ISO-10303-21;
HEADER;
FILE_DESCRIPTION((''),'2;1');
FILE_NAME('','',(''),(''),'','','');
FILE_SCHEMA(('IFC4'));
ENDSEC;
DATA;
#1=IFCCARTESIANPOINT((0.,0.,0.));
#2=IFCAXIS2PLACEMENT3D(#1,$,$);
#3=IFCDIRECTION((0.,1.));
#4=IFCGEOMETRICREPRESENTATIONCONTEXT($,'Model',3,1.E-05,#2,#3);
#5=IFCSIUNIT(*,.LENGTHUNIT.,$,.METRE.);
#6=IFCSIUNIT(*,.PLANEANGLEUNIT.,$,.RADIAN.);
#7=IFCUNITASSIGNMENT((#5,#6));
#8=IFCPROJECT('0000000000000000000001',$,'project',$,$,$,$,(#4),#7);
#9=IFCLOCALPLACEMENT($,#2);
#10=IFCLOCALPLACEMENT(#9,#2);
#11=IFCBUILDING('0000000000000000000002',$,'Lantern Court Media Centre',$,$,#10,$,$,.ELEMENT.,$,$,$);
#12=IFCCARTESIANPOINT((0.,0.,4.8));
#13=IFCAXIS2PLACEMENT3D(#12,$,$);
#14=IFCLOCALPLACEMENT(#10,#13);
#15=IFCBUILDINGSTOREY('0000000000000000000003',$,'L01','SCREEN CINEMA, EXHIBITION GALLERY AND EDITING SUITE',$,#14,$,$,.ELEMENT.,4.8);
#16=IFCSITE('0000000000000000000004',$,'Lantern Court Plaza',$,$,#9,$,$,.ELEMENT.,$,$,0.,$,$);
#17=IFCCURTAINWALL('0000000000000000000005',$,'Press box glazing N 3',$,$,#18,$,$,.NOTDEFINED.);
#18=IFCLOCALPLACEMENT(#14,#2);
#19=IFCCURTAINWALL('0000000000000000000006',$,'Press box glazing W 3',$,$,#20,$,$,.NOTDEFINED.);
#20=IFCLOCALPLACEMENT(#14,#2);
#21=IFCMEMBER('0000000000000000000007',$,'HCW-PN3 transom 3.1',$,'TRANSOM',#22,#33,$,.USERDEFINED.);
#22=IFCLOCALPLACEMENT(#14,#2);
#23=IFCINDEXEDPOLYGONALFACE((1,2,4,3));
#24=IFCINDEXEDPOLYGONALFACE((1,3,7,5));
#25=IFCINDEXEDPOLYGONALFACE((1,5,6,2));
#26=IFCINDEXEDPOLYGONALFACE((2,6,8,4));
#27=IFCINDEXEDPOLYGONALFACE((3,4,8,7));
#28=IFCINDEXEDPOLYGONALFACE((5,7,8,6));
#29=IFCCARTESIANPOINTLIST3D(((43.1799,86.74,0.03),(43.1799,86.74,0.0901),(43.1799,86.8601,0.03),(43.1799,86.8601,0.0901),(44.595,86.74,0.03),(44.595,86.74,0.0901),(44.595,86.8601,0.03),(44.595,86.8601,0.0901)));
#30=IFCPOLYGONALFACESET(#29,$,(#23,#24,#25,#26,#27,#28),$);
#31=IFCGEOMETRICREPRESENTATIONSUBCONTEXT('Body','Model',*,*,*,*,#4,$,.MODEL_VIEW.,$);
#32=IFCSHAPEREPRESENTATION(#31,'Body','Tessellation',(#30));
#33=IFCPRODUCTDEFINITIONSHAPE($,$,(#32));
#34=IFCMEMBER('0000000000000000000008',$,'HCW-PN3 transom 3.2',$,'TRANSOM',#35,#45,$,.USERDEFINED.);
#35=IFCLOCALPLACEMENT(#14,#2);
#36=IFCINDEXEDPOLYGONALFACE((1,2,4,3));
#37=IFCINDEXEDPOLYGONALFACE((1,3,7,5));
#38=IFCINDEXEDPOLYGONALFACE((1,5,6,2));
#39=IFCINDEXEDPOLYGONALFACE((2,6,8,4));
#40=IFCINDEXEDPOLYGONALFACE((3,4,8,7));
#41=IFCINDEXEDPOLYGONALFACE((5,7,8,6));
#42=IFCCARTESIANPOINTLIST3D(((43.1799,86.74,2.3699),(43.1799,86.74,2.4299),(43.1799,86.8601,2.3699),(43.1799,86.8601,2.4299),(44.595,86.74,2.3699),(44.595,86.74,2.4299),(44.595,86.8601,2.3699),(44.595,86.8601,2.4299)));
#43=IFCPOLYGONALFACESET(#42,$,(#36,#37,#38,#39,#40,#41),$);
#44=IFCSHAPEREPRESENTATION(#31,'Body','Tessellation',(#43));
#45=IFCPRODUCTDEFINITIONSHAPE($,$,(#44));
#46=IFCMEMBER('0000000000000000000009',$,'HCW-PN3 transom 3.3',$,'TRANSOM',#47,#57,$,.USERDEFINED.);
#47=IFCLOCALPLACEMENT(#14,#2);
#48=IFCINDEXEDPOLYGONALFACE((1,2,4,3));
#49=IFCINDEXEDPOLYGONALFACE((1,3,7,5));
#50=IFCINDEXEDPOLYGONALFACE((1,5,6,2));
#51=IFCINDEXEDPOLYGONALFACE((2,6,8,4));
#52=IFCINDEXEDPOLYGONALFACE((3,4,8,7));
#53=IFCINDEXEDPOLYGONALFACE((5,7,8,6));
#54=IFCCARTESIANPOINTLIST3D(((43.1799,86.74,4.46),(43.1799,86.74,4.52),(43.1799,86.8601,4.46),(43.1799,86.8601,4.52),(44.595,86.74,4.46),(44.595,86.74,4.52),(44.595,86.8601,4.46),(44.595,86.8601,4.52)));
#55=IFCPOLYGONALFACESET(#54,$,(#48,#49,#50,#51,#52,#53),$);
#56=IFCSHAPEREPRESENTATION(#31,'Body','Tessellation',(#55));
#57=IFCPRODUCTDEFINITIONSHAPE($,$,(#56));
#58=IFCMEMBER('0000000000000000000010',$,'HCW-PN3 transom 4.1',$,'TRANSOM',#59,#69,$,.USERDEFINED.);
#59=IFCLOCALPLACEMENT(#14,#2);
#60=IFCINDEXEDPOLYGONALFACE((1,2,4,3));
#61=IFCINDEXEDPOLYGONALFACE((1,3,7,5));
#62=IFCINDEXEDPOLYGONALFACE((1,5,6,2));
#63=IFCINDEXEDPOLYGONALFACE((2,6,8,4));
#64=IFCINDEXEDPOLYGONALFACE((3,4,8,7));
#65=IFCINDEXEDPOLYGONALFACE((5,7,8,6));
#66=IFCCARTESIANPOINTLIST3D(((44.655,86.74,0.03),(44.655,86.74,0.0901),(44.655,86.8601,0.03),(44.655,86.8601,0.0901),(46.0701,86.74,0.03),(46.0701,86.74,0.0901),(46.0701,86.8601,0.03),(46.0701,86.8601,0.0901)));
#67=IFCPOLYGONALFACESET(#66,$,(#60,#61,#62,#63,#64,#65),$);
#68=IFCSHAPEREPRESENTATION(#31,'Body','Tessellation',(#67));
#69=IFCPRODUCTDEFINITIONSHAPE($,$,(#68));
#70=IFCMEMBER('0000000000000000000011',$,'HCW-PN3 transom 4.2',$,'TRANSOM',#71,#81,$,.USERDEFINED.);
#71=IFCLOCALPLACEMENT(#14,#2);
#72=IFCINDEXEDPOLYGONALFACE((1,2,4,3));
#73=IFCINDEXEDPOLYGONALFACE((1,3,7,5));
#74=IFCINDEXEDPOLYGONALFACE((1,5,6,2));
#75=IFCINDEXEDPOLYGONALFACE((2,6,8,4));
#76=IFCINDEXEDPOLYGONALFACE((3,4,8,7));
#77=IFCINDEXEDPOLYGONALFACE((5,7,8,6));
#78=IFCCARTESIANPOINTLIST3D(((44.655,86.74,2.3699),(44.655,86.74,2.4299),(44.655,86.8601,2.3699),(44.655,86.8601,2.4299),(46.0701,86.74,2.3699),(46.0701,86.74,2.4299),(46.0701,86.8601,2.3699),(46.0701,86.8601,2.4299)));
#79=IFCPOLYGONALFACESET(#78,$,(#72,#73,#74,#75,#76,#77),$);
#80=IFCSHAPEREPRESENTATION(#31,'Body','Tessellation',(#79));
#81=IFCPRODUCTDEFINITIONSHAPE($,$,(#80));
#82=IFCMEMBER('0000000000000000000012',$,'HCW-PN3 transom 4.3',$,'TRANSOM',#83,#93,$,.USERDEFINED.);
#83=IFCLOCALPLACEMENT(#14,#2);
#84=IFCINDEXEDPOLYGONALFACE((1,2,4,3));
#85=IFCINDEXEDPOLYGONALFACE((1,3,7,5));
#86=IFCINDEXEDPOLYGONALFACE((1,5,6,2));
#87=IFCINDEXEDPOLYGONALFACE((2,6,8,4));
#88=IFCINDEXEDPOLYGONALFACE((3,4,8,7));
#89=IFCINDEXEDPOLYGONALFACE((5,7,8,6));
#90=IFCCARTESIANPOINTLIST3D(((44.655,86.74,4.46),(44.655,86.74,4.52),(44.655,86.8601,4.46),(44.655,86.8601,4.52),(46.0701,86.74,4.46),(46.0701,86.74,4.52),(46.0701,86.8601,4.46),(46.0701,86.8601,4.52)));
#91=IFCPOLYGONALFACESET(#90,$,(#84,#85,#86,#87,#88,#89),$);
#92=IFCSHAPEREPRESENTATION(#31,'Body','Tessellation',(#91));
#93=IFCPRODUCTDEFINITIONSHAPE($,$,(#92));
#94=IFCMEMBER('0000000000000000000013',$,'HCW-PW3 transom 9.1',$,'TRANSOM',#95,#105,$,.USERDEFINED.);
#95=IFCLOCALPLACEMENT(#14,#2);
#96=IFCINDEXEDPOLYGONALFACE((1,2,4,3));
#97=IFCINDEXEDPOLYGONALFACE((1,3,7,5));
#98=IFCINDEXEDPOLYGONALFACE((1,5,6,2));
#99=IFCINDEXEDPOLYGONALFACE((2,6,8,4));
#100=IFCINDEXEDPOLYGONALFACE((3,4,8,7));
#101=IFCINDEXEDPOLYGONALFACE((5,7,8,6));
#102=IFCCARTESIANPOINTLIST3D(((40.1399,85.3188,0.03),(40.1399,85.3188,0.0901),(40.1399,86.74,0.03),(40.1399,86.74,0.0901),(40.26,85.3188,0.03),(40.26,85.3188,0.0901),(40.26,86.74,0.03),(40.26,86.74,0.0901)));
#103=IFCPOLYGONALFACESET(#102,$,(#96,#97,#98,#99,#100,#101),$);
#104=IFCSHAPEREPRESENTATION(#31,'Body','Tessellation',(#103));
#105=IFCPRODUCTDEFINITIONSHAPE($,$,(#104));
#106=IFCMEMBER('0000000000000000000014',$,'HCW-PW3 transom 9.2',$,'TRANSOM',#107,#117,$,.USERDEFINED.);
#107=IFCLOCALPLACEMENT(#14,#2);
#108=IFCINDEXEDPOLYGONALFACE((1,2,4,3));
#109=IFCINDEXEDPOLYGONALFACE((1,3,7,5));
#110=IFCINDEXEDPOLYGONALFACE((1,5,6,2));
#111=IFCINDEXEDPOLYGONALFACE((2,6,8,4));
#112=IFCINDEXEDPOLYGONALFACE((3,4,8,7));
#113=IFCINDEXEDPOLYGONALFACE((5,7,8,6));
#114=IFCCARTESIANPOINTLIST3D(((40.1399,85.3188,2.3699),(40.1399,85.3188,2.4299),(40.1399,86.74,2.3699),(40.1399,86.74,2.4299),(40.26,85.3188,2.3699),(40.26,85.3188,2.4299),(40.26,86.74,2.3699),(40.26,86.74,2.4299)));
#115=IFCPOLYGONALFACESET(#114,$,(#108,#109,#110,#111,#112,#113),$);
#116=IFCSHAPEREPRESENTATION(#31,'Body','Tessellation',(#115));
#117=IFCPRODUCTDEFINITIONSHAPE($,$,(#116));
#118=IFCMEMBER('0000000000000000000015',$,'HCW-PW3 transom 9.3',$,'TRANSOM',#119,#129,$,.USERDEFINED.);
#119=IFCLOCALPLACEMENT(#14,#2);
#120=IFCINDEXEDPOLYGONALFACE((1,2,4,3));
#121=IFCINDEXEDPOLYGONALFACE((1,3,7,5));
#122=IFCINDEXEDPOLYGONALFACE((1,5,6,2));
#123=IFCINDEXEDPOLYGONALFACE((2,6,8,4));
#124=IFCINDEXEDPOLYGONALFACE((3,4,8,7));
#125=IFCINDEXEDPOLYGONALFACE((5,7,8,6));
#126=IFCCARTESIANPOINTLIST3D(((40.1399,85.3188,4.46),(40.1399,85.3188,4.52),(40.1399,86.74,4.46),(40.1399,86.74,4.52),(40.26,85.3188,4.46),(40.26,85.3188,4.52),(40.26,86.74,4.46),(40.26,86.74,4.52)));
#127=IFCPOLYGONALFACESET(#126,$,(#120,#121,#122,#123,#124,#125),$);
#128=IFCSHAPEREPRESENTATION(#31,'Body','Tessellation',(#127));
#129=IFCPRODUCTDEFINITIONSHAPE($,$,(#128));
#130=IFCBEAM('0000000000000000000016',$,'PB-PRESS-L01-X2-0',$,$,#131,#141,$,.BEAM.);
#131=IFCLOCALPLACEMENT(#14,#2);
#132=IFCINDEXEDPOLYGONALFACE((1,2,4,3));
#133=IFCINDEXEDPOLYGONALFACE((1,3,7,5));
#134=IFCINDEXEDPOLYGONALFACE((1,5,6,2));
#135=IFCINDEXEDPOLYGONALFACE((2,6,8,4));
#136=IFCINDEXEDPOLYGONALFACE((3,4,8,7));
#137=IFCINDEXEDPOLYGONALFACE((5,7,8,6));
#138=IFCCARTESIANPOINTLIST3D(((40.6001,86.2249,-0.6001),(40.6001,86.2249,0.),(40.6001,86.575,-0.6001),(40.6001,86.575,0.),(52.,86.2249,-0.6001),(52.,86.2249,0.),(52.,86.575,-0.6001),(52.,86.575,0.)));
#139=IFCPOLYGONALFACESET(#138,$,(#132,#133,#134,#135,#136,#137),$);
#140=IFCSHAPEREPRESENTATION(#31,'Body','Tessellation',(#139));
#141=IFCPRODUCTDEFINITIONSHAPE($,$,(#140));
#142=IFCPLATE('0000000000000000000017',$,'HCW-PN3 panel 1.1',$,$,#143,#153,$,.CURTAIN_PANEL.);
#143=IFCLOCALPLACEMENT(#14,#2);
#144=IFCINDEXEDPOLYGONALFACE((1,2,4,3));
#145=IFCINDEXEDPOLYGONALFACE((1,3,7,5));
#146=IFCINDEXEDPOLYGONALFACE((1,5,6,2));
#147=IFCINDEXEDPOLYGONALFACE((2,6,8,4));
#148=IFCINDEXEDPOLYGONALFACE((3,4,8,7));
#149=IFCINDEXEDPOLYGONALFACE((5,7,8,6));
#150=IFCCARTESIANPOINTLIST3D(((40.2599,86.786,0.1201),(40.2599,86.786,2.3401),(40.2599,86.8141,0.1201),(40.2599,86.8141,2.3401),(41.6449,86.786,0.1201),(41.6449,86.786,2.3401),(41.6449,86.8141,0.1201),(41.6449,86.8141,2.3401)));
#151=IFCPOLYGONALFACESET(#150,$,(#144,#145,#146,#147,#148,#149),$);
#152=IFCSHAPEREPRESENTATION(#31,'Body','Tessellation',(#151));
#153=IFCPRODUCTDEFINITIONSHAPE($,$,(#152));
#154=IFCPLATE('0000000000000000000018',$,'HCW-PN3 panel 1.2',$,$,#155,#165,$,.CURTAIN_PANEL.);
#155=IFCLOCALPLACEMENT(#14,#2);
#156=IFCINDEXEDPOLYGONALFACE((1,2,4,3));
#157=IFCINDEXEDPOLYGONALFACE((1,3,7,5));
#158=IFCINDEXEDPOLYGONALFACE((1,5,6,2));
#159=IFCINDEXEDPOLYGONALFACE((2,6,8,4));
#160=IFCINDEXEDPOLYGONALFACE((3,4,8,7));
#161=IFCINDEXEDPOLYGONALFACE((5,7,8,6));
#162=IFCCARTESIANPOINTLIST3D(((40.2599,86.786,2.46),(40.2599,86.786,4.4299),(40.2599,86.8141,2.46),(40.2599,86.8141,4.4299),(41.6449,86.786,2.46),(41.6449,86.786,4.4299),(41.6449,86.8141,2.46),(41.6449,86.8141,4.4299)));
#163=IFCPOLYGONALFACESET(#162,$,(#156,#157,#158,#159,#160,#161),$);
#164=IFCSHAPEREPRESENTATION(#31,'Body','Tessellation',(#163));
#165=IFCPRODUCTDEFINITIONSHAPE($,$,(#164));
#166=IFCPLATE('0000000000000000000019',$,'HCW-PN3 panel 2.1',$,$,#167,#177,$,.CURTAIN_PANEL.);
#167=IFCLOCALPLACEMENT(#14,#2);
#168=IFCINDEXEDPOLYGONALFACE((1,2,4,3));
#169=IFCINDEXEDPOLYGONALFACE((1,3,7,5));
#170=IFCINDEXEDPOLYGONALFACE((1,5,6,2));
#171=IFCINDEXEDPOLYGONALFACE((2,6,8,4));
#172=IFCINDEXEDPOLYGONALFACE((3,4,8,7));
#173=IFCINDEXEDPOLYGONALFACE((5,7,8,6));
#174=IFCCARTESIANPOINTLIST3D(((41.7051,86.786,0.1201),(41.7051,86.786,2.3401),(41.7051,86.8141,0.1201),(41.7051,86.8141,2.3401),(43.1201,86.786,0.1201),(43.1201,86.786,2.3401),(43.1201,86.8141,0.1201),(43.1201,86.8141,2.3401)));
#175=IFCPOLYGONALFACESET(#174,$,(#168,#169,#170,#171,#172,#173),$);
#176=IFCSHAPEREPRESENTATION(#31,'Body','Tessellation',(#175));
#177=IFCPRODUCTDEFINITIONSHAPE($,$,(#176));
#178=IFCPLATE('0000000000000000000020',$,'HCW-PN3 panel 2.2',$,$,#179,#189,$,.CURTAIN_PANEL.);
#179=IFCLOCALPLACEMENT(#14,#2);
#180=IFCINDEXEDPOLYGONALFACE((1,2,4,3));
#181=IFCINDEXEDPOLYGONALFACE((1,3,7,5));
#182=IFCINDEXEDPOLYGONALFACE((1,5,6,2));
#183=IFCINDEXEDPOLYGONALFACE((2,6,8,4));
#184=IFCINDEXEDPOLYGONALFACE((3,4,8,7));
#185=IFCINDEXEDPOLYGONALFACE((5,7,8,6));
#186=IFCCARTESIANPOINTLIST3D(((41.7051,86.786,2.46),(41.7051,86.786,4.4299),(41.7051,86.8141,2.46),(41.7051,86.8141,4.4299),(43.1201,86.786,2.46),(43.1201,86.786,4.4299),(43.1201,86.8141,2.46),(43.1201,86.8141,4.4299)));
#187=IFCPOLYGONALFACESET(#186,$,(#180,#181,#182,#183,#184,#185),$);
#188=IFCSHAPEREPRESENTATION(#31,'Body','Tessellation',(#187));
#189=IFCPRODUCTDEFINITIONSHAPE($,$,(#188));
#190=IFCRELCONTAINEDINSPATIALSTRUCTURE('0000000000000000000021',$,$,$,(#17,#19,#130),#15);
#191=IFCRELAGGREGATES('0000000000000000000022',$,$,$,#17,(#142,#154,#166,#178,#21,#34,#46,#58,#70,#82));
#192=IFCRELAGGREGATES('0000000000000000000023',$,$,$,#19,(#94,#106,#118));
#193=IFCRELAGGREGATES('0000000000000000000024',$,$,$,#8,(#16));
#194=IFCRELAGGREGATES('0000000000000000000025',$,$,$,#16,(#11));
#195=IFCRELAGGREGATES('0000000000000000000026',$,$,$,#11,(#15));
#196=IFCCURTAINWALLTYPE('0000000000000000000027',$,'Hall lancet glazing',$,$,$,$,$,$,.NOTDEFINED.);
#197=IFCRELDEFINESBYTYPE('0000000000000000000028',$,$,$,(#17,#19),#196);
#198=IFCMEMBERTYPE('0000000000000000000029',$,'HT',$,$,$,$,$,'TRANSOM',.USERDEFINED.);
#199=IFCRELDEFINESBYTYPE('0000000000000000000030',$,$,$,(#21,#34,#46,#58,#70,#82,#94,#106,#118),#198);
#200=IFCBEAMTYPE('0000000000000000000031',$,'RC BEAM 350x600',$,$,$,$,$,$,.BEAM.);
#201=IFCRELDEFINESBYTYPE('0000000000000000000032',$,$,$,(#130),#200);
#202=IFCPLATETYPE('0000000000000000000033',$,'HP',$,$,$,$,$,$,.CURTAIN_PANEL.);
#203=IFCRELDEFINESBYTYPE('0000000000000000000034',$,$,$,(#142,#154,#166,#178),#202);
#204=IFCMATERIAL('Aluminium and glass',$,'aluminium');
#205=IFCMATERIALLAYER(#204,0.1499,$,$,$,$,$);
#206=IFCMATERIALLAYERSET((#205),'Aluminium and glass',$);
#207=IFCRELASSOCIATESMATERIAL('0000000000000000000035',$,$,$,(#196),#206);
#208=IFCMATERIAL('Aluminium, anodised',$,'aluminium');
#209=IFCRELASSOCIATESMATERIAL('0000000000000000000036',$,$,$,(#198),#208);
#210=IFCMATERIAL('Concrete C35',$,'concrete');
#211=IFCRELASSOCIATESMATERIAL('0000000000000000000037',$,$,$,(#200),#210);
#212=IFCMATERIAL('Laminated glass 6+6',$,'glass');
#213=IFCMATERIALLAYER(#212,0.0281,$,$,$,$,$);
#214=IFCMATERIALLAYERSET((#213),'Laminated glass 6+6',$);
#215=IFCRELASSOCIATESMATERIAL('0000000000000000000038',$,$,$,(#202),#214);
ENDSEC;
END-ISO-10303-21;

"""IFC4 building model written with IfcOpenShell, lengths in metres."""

from ifc_helpers import new_model, si_unit, direction, frame, origin, origin_2d, place, context, subcontext, project, spatial, rectangle, extrude, material, layer, layer_set, material_profile, profile_set, type_object, element, aggregate, save


model = new_model("IFC4")

# Units and contexts
model_context = context("Model", 3, precision=1e-05, world=origin(), true_north=direction((0.0, 1.0)))
body_context = subcontext(model_context, "Body", "Model", "MODEL_VIEW")
ifc_project = project(units=[si_unit("LENGTHUNIT", "METRE"), si_unit("PLANEANGLEUNIT", "RADIAN")], contexts=[model_context])

# Site, building, storey
site_placement = place(None, origin())
site = spatial("IfcSite", under=ifc_project, at=site_placement, Name="Lantern Court Plaza", CompositionType="ELEMENT", RefElevation=0.0)
building_placement = place(site_placement, origin())
building = spatial("IfcBuilding", under=site, at=building_placement, Name="Lantern Court Media Centre", CompositionType="ELEMENT")
storey_placement = place(building_placement, frame((0.0, 0.0, 4.8)))
storey = spatial("IfcBuildingStorey", under=building, at=storey_placement, Name="L01", Description="SCREEN CINEMA, EXHIBITION GALLERY AND EDITING SUITE", CompositionType="ELEMENT", Elevation=4.8)

# Shared definitions
ifc_material_1 = material(Name="Concrete C35", Category="concrete")

# Curtain walls
ifc_material_2 = material(Name="Aluminium and glass", Category="aluminium")
ifc_layer_1 = layer(ifc_material_2, 0.1499)
ifc_layer_set_1 = layer_set([ifc_layer_1], Name="Aluminium and glass")
curtain_wall_type = type_object("IfcCurtainWallType", Name="Hall lancet glazing", PredefinedType="NOTDEFINED", material=ifc_layer_set_1)
curtain_wall_1_placement = place(storey_placement, origin())
curtain_wall_1 = element("IfcCurtainWall", 1, at=curtain_wall_1_placement, inside=storey, type_object=curtain_wall_type, Name="Press box glazing N 3", PredefinedType="NOTDEFINED")
ifc_material_3 = material(Name="Aluminium, anodised", Category="aluminium")
curtain_wall_2_placement = place(storey_placement, origin())
curtain_wall_2 = element("IfcCurtainWall", 2, at=curtain_wall_2_placement, inside=storey, type_object=curtain_wall_type, Name="Press box glazing W 3", PredefinedType="NOTDEFINED")

# Members
ifc_material_profile_1 = material_profile(ifc_material_3, rectangle(XDim=0.1201, YDim=0.0601, at=origin_2d()), Name="HT")
ifc_profile_set_1 = profile_set([ifc_material_profile_1], Name="Aluminium, anodised")
member_type_1 = type_object("IfcMemberType", Name="HT", ElementType="TRANSOM", PredefinedType="USERDEFINED", material=ifc_profile_set_1)
member_1_placement = place(storey_placement, frame((43.1799, 86.8, 0.0601), z_axis=(1.0, 0.0, 0.0), x_axis=(0.0, 1.0, 0.0)))
member_1 = element("IfcMember", 3, at=member_1_placement, type_object=member_type_1, Name="HCW-PN3 transom 3.1", ObjectType="TRANSOM", PredefinedType="USERDEFINED", context=body_context, shape_type="SweptSolid", body=[
    extrude(rectangle(XDim=0.1201, YDim=0.0601, at=origin_2d()), origin(), (0.0, 0.0, 1.0), 1.415),
])
member_2_placement = place(storey_placement, frame((43.1799, 86.8, 2.3999), z_axis=(1.0, 0.0, 0.0), x_axis=(0.0, 1.0, 0.0)))
member_2 = element("IfcMember", 4, at=member_2_placement, type_object=member_type_1, Name="HCW-PN3 transom 3.2", ObjectType="TRANSOM", PredefinedType="USERDEFINED", context=body_context, shape_type="SweptSolid", body=[
    extrude(rectangle(XDim=0.1201, YDim=0.0601, at=origin_2d()), origin(), (0.0, 0.0, 1.0), 1.415),
])
member_3_placement = place(storey_placement, frame((43.1799, 86.8, 4.49), z_axis=(1.0, 0.0, 0.0), x_axis=(0.0, 1.0, 0.0)))
member_3 = element("IfcMember", 5, at=member_3_placement, type_object=member_type_1, Name="HCW-PN3 transom 3.3", ObjectType="TRANSOM", PredefinedType="USERDEFINED", context=body_context, shape_type="SweptSolid", body=[
    extrude(rectangle(XDim=0.1201, YDim=0.0601, at=origin_2d()), origin(), (0.0, 0.0, 1.0), 1.415),
])
member_4_placement = place(storey_placement, frame((44.655, 86.8, 0.0601), z_axis=(1.0, 0.0, 0.0), x_axis=(0.0, 1.0, 0.0)))
member_4 = element("IfcMember", 6, at=member_4_placement, type_object=member_type_1, Name="HCW-PN3 transom 4.1", ObjectType="TRANSOM", PredefinedType="USERDEFINED", context=body_context, shape_type="SweptSolid", body=[
    extrude(rectangle(XDim=0.1201, YDim=0.0601, at=origin_2d()), origin(), (0.0, 0.0, 1.0), 1.415),
])
member_5_placement = place(storey_placement, frame((44.655, 86.8, 2.3999), z_axis=(1.0, 0.0, 0.0), x_axis=(0.0, 1.0, 0.0)))
member_5 = element("IfcMember", 7, at=member_5_placement, type_object=member_type_1, Name="HCW-PN3 transom 4.2", ObjectType="TRANSOM", PredefinedType="USERDEFINED", context=body_context, shape_type="SweptSolid", body=[
    extrude(rectangle(XDim=0.1201, YDim=0.0601, at=origin_2d()), origin(), (0.0, 0.0, 1.0), 1.415),
])
member_6_placement = place(storey_placement, frame((44.655, 86.8, 4.49), z_axis=(1.0, 0.0, 0.0), x_axis=(0.0, 1.0, 0.0)))
member_6 = element("IfcMember", 8, at=member_6_placement, type_object=member_type_1, Name="HCW-PN3 transom 4.3", ObjectType="TRANSOM", PredefinedType="USERDEFINED", context=body_context, shape_type="SweptSolid", body=[
    extrude(rectangle(XDim=0.1201, YDim=0.0601, at=origin_2d()), origin(), (0.0, 0.0, 1.0), 1.415),
])
member_7_placement = place(storey_placement, frame((40.2, 85.3188, 0.0601), z_axis=(0.0, 1.0, 0.0), x_axis=(-1.0, 0.0, 0.0)))
member_7 = element("IfcMember", 9, at=member_7_placement, type_object=member_type_1, Name="HCW-PW3 transom 9.1", ObjectType="TRANSOM", PredefinedType="USERDEFINED", context=body_context, shape_type="SweptSolid", body=[
    extrude(rectangle(XDim=0.1201, YDim=0.0601, at=origin_2d()), origin(), (0.0, 0.0, 1.0), 1.4211),
])
member_8_placement = place(storey_placement, frame((40.2, 85.3188, 2.3999), z_axis=(0.0, 1.0, 0.0), x_axis=(-1.0, 0.0, 0.0)))
member_8 = element("IfcMember", 10, at=member_8_placement, type_object=member_type_1, Name="HCW-PW3 transom 9.2", ObjectType="TRANSOM", PredefinedType="USERDEFINED", context=body_context, shape_type="SweptSolid", body=[
    extrude(rectangle(XDim=0.1201, YDim=0.0601, at=origin_2d()), origin(), (0.0, 0.0, 1.0), 1.4211),
])
member_9_placement = place(storey_placement, frame((40.2, 85.3188, 4.49), z_axis=(0.0, 1.0, 0.0), x_axis=(-1.0, 0.0, 0.0)))
member_9 = element("IfcMember", 11, at=member_9_placement, type_object=member_type_1, Name="HCW-PW3 transom 9.3", ObjectType="TRANSOM", PredefinedType="USERDEFINED", context=body_context, shape_type="SweptSolid", body=[
    extrude(rectangle(XDim=0.1201, YDim=0.0601, at=origin_2d()), origin(), (0.0, 0.0, 1.0), 1.4211),
])

# Beam
ifc_material_profile_2 = material_profile(ifc_material_1, rectangle(XDim=0.3501, YDim=0.6001, at=origin_2d()), Name="RC 350x600")
ifc_profile_set_2 = profile_set([ifc_material_profile_2], Name="Concrete C35")
beam_type = type_object("IfcBeamType", Name="RC BEAM 350x600", PredefinedType="BEAM", material=ifc_profile_set_2)
beam_placement = place(storey_placement, frame((40.6001, 86.3999, -0.3), z_axis=(1.0, 0.0, 0.0), x_axis=(0.0, 1.0, 0.0)))
element("IfcBeam", 12, at=beam_placement, inside=storey, type_object=beam_type, Name="PB-PRESS-L01-X2-0", PredefinedType="BEAM", context=body_context, shape_type="SweptSolid", body=[
    extrude(rectangle(XDim=0.3501, YDim=0.6001, at=origin_2d()), origin(), (0.0, 0.0, 1.0), 11.3999),
])

# Plates
ifc_material_4 = material(Name="Laminated glass 6+6", Category="glass")
ifc_layer_2 = layer(ifc_material_4, 0.0281)
ifc_layer_set_2 = layer_set([ifc_layer_2], Name="Laminated glass 6+6")
plate_type = type_object("IfcPlateType", Name="HP", PredefinedType="CURTAIN_PANEL", material=ifc_layer_set_2)
plate_1_placement = place(storey_placement, frame((40.9524, 86.8, 0.1201), z_axis=(0.0, 0.0, 1.0), x_axis=(1.0, 0.0, 0.0)))
plate_1 = element("IfcPlate", 13, at=plate_1_placement, type_object=plate_type, Name="HCW-PN3 panel 1.1", PredefinedType="CURTAIN_PANEL", context=body_context, shape_type="SweptSolid", body=[
    extrude(rectangle(XDim=1.385, YDim=0.0281, at=origin_2d()), origin(), (0.0, 0.0, 1.0), 2.22),
])
plate_2_placement = place(storey_placement, frame((40.9524, 86.8, 2.46), z_axis=(0.0, 0.0, 1.0), x_axis=(1.0, 0.0, 0.0)))
plate_2 = element("IfcPlate", 14, at=plate_2_placement, type_object=plate_type, Name="HCW-PN3 panel 1.2", PredefinedType="CURTAIN_PANEL", context=body_context, shape_type="SweptSolid", body=[
    extrude(rectangle(XDim=1.385, YDim=0.0281, at=origin_2d()), origin(), (0.0, 0.0, 1.0), 1.97),
])
plate_3_placement = place(storey_placement, frame((42.4126, 86.8, 0.1201), z_axis=(0.0, 0.0, 1.0), x_axis=(1.0, 0.0, 0.0)))
plate_3 = element("IfcPlate", 15, at=plate_3_placement, type_object=plate_type, Name="HCW-PN3 panel 2.1", PredefinedType="CURTAIN_PANEL", context=body_context, shape_type="SweptSolid", body=[
    extrude(rectangle(XDim=1.415, YDim=0.0281, at=origin_2d()), origin(), (0.0, 0.0, 1.0), 2.22),
])
plate_4_placement = place(storey_placement, frame((42.4126, 86.8, 2.46), z_axis=(0.0, 0.0, 1.0), x_axis=(1.0, 0.0, 0.0)))
plate_4 = element("IfcPlate", 16, at=plate_4_placement, type_object=plate_type, Name="HCW-PN3 panel 2.2", PredefinedType="CURTAIN_PANEL", context=body_context, shape_type="SweptSolid", body=[
    extrude(rectangle(XDim=1.415, YDim=0.0281, at=origin_2d()), origin(), (0.0, 0.0, 1.0), 1.97),
])
aggregate(curtain_wall_1, [plate_1, plate_2, plate_3, plate_4, member_1, member_2, member_3, member_4, member_5, member_6])
aggregate(curtain_wall_2, [member_7, member_8, member_9])

save(model, "model.ifc")
